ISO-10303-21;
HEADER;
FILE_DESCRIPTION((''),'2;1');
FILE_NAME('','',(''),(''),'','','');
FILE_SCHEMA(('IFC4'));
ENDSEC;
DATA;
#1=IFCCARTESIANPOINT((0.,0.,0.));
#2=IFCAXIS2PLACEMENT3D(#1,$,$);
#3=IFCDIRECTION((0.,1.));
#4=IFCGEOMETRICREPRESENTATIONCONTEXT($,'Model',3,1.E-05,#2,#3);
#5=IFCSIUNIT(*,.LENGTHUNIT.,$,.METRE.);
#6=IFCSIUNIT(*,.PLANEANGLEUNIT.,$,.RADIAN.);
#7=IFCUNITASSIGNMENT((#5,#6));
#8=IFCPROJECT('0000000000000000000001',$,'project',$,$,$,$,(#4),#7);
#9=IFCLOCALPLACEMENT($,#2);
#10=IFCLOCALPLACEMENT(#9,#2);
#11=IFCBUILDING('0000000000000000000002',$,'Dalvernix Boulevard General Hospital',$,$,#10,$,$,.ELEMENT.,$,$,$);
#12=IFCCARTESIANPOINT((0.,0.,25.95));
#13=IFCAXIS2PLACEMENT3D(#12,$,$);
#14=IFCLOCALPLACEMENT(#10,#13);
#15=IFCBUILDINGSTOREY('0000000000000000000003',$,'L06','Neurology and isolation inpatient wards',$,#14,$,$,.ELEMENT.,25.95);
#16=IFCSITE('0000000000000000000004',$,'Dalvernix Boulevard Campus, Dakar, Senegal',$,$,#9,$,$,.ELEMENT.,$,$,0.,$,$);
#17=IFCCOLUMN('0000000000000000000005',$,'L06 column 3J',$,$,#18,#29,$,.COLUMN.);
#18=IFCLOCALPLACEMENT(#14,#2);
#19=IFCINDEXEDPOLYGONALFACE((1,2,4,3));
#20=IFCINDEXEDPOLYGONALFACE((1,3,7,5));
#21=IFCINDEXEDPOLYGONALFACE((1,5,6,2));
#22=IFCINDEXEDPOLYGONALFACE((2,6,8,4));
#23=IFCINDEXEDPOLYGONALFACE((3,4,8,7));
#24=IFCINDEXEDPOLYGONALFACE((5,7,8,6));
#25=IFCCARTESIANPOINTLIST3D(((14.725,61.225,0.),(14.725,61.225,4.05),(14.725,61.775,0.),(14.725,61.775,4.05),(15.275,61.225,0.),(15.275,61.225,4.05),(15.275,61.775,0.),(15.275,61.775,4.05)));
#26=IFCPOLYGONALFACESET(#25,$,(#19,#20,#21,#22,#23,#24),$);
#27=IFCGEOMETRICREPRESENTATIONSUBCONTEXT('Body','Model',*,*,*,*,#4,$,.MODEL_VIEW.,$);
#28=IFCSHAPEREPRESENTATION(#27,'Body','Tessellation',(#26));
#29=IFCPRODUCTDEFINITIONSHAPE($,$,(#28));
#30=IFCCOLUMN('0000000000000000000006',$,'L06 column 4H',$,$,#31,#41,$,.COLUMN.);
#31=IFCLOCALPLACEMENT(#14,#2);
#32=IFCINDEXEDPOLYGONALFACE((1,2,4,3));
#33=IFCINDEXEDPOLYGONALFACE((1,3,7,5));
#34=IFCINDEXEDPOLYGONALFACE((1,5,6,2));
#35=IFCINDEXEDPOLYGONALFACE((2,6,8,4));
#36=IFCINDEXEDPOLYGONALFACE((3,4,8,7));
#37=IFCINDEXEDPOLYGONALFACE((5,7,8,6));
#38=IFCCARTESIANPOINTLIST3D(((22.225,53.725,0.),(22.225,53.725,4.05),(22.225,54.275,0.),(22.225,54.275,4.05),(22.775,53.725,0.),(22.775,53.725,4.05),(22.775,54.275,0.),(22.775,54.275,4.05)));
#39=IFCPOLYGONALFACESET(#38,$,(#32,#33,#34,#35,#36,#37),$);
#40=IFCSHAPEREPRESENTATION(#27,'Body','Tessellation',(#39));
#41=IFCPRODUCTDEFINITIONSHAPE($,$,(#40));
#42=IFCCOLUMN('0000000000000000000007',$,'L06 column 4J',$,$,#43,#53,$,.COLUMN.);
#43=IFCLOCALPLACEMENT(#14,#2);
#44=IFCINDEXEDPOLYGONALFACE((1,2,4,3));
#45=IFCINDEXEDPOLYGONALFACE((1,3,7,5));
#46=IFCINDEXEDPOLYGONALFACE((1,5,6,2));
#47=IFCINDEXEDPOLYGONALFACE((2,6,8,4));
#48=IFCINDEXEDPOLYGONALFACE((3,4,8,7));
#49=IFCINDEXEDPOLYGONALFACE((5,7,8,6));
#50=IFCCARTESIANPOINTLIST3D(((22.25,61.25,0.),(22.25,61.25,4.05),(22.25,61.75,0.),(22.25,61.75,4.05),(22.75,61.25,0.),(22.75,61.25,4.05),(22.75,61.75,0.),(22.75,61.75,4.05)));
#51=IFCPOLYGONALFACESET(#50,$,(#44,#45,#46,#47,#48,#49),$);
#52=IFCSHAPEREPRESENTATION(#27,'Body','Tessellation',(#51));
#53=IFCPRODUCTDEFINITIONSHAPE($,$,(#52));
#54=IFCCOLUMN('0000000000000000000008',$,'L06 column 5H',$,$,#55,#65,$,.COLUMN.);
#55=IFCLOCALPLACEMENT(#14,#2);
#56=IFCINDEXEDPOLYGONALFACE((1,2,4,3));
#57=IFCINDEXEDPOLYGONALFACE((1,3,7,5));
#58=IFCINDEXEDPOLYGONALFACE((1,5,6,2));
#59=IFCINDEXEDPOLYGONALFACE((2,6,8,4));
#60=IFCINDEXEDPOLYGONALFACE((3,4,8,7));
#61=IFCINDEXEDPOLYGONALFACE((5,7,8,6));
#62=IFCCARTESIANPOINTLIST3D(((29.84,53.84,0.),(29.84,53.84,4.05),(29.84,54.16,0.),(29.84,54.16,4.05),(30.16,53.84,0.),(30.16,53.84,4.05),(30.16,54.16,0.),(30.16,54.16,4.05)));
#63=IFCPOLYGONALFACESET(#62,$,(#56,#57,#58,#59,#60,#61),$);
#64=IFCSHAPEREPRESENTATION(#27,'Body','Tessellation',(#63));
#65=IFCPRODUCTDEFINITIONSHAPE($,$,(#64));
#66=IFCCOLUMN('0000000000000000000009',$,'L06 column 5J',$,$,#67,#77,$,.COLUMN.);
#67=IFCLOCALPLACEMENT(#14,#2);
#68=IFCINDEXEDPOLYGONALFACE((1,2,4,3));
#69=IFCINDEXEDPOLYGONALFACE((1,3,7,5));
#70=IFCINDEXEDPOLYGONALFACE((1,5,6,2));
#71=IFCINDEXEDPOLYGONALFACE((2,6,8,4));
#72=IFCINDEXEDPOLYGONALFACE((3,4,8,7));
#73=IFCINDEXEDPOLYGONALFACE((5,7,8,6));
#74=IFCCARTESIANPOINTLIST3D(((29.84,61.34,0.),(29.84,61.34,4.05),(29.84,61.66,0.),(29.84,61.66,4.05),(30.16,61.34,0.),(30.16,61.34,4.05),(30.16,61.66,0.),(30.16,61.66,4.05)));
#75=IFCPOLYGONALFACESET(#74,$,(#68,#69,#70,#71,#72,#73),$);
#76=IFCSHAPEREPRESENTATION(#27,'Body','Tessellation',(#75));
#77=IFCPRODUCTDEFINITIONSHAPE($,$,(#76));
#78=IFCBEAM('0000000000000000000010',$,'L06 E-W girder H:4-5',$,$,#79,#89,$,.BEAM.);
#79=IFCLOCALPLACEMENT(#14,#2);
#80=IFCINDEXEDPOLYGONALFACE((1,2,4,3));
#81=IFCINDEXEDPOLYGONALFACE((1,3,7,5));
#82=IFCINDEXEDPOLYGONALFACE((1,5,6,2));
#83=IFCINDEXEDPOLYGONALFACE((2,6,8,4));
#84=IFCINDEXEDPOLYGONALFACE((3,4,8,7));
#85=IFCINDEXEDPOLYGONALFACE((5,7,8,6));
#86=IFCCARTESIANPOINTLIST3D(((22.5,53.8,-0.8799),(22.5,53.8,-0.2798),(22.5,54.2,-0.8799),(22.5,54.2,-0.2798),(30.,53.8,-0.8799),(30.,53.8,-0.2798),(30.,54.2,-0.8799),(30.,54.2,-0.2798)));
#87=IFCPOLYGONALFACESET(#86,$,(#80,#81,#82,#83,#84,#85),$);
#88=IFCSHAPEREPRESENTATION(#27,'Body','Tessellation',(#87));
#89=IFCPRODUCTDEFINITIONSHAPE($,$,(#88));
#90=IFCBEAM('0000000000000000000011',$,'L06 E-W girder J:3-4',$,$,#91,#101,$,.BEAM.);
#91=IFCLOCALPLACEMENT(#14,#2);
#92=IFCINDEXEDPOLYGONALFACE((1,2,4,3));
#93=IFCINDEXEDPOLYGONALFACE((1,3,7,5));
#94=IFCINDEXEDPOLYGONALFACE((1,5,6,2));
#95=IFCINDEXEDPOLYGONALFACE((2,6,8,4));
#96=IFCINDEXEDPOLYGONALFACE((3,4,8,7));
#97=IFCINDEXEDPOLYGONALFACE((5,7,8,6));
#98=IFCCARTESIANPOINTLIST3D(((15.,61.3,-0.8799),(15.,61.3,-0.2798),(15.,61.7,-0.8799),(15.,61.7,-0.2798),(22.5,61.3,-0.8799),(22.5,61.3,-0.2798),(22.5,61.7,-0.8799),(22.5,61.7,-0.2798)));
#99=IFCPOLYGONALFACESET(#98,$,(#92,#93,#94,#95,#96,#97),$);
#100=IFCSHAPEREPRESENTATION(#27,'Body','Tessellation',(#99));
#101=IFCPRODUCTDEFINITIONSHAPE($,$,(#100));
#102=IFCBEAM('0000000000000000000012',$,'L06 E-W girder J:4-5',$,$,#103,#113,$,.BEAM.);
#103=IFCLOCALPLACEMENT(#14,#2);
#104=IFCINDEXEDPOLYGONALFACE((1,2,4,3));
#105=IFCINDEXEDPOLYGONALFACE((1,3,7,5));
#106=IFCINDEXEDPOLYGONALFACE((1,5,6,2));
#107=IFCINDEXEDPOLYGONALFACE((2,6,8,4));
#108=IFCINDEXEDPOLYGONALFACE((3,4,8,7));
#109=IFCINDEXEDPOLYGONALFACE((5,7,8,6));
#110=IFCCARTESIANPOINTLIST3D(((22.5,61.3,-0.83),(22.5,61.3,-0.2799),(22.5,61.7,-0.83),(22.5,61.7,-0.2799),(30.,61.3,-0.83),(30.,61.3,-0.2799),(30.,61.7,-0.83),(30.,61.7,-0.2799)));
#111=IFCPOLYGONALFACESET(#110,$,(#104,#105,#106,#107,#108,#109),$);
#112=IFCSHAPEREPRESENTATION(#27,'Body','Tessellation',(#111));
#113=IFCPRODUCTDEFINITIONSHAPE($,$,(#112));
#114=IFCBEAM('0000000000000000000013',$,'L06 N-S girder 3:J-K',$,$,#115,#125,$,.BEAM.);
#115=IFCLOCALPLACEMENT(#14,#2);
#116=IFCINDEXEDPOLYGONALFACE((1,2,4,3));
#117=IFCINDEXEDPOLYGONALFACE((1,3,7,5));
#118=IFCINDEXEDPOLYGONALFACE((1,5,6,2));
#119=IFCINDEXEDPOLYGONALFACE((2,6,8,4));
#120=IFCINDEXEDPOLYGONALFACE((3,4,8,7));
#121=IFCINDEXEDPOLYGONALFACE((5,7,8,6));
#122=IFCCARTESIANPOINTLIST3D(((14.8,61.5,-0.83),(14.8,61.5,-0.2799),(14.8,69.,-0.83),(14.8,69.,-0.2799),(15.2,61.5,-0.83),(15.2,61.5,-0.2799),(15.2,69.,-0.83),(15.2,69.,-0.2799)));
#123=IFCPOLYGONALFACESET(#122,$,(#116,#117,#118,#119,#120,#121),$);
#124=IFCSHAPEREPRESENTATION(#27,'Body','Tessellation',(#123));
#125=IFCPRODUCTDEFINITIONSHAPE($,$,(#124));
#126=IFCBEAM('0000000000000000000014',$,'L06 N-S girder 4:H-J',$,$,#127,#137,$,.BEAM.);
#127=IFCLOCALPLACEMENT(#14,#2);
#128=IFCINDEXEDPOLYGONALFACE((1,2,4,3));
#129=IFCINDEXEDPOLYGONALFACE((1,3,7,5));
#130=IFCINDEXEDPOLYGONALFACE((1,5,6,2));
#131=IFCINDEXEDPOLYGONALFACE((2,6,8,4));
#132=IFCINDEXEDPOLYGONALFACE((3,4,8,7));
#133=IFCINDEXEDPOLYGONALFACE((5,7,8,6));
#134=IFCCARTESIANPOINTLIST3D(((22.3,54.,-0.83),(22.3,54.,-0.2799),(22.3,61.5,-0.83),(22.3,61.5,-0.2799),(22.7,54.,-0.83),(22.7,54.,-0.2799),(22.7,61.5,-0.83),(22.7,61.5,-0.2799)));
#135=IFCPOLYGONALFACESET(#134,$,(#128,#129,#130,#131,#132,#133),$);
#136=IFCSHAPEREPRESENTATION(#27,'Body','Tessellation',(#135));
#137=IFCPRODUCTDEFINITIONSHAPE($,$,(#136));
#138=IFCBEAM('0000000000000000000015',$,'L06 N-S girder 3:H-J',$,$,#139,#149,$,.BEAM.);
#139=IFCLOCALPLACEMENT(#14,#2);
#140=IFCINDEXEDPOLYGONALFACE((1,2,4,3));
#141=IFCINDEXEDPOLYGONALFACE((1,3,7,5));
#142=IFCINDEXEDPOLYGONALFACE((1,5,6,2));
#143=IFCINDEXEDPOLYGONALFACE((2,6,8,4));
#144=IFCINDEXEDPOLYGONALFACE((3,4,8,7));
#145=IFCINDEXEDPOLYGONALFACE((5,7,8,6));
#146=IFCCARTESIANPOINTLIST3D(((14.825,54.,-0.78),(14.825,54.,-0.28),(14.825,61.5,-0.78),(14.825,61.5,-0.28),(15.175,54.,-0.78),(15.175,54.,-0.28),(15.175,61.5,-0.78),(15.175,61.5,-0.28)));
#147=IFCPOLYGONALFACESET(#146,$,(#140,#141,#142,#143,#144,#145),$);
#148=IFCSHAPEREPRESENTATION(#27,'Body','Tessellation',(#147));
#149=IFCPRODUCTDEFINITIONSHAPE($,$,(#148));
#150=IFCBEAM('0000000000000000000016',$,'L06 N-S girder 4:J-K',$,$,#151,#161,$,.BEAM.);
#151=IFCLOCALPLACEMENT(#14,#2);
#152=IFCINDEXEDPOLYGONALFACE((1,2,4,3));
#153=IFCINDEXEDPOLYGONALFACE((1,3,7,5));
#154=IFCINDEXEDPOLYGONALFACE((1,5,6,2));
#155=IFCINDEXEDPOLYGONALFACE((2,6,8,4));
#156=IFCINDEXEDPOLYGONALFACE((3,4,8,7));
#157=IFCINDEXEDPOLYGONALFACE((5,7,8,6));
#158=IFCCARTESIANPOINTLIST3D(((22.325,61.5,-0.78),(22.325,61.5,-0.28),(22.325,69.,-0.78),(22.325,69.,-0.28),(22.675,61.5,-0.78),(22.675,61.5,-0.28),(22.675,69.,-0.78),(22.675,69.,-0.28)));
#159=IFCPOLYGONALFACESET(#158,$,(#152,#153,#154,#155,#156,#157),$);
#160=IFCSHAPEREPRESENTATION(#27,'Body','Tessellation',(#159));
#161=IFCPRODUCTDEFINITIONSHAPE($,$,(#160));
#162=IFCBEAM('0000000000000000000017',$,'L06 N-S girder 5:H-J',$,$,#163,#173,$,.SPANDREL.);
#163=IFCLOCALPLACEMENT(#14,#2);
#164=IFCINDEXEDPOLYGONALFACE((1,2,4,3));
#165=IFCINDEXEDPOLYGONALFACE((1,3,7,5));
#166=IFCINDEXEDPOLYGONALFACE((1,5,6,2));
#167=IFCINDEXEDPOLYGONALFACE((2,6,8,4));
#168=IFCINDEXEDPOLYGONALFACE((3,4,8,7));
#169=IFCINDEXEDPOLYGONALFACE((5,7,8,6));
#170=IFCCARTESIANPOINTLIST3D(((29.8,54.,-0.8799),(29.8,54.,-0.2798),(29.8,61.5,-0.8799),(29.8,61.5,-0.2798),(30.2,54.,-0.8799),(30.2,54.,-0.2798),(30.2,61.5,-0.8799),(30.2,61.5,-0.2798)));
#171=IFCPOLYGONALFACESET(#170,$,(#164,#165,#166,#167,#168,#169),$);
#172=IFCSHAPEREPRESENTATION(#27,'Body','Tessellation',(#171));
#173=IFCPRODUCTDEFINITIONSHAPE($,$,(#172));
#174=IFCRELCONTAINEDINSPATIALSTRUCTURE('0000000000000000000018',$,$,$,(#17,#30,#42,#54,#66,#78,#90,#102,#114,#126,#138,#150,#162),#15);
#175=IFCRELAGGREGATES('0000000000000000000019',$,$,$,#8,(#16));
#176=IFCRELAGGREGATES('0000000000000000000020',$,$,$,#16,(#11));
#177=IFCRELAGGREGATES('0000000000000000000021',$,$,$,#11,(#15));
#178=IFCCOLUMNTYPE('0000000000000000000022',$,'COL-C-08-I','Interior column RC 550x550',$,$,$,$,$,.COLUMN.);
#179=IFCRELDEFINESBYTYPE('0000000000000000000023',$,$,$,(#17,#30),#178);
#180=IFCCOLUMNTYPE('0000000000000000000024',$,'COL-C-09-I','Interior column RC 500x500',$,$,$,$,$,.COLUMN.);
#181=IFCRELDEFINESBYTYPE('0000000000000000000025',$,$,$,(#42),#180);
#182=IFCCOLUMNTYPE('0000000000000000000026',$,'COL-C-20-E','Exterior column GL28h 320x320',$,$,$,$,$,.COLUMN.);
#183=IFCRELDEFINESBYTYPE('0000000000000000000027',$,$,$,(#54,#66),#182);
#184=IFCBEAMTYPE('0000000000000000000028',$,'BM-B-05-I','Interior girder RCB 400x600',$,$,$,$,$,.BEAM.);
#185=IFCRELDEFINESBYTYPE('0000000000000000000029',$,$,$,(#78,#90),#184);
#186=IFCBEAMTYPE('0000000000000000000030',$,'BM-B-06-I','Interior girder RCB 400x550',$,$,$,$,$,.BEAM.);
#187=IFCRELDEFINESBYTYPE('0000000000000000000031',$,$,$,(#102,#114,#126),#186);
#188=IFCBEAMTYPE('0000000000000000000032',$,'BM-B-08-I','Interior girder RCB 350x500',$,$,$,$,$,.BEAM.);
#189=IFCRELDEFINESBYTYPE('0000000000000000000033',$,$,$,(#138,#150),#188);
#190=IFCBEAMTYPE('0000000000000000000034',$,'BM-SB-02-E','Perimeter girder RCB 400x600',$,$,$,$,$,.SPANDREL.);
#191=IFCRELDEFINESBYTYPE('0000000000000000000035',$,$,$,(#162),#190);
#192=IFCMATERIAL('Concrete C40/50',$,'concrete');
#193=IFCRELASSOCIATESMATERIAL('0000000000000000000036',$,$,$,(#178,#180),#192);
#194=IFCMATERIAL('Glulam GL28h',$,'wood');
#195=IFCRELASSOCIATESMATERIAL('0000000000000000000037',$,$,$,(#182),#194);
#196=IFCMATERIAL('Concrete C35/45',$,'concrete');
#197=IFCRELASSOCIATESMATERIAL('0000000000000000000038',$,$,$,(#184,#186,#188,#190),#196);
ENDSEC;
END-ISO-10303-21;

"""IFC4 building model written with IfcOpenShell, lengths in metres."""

from ifc_helpers import new_model, si_unit, direction, frame, origin, origin_2d, place, context, subcontext, project, spatial, rectangle, extrude, material, material_profile, profile_set, type_object, element, save


model = new_model("IFC4")

# Units and contexts
model_context = context("Model", 3, precision=1e-05, world=origin(), true_north=direction((0.0, 1.0)))
body_context = subcontext(model_context, "Body", "Model", "MODEL_VIEW")
ifc_project = project(units=[si_unit("LENGTHUNIT", "METRE"), si_unit("PLANEANGLEUNIT", "RADIAN")], contexts=[model_context])

# Site, building, storey
site_placement = place(None, origin())
site = spatial("IfcSite", under=ifc_project, at=site_placement, Name="Dalvernix Boulevard Campus, Dakar, Senegal", CompositionType="ELEMENT", RefElevation=0.0)
building_placement = place(site_placement, origin())
building = spatial("IfcBuilding", under=site, at=building_placement, Name="Dalvernix Boulevard General Hospital", CompositionType="ELEMENT")
storey_placement = place(building_placement, frame((0.0, 0.0, 25.95)))
storey = spatial("IfcBuildingStorey", under=building, at=storey_placement, Name="L06", Description="Neurology and isolation inpatient wards", CompositionType="ELEMENT", Elevation=25.95)

# Columns
ifc_material_1 = material(Name="Concrete C40/50", Category="concrete")
ifc_material_profile_1 = material_profile(ifc_material_1, rectangle(XDim=0.55, YDim=0.55, at=origin_2d()), Name="RC 550x550")
ifc_profile_set_1 = profile_set([ifc_material_profile_1], Name="Concrete C40/50")
column_type_1 = type_object("IfcColumnType", Name="COL-C-08-I", Description="Interior column RC 550x550", PredefinedType="COLUMN", material=ifc_profile_set_1)
for number, where, z_axis, x_axis, name in (
    (1, (15.0, 61.5, 0.0), (0.0, 0.0, 1.0), (1.0, 0.0, 0.0), "L06 column 3J"),
    (2, (22.5, 54.0, 0.0), (0.0, 0.0, 1.0), (1.0, 0.0, 0.0), "L06 column 4H"),
):
    element("IfcColumn", number, at=place(storey_placement, frame(where, z_axis=z_axis, x_axis=x_axis)), inside=storey, type_object=column_type_1, Name=name, PredefinedType="COLUMN", context=body_context, shape_type="SweptSolid", body=[
        extrude(rectangle(XDim=0.55, YDim=0.55, at=origin_2d()), origin(), (0.0, 0.0, 1.0), 4.05),
    ])
ifc_material_profile_2 = material_profile(ifc_material_1, rectangle(XDim=0.5, YDim=0.5, at=origin_2d()), Name="RC 500x500")
ifc_profile_set_2 = profile_set([ifc_material_profile_2], Name="Concrete C40/50")
column_type_2 = type_object("IfcColumnType", Name="COL-C-09-I", Description="Interior column RC 500x500", PredefinedType="COLUMN", material=ifc_profile_set_2)
column_placement = place(storey_placement, frame((22.5, 61.5, 0.0), z_axis=(0.0, 0.0, 1.0), x_axis=(1.0, 0.0, 0.0)))
element("IfcColumn", 3, at=column_placement, inside=storey, type_object=column_type_2, Name="L06 column 4J", PredefinedType="COLUMN", context=body_context, shape_type="SweptSolid", body=[
    extrude(rectangle(XDim=0.5, YDim=0.5, at=origin_2d()), origin(), (0.0, 0.0, 1.0), 4.05),
])
ifc_material_2 = material(Name="Glulam GL28h", Category="wood")
ifc_material_profile_3 = material_profile(ifc_material_2, rectangle(XDim=0.3201, YDim=0.3201, at=origin_2d()), Name="GL28h 320x320")
ifc_profile_set_3 = profile_set([ifc_material_profile_3], Name="Glulam GL28h")
column_type_3 = type_object("IfcColumnType", Name="COL-C-20-E", Description="Exterior column GL28h 320x320", PredefinedType="COLUMN", material=ifc_profile_set_3)
for number, where, z_axis, x_axis, name in (
    (4, (30.0, 54.0, 0.0), (0.0, 0.0, 1.0), (1.0, 0.0, 0.0), "L06 column 5H"),
    (5, (30.0, 61.5, 0.0), (0.0, 0.0, 1.0), (1.0, 0.0, 0.0), "L06 column 5J"),
):
    element("IfcColumn", number, at=place(storey_placement, frame(where, z_axis=z_axis, x_axis=x_axis)), inside=storey, type_object=column_type_3, Name=name, PredefinedType="COLUMN", context=body_context, shape_type="SweptSolid", body=[
        extrude(rectangle(XDim=0.3201, YDim=0.3201, at=origin_2d()), origin(), (0.0, 0.0, 1.0), 4.05),
    ])

# Beams
ifc_material_3 = material(Name="Concrete C35/45", Category="concrete")
ifc_material_profile_4 = material_profile(ifc_material_3, rectangle(XDim=0.3999, YDim=0.6001, at=origin_2d()), Name="RCB 400x600")
ifc_profile_set_4 = profile_set([ifc_material_profile_4], Name="Concrete C35/45")
beam_type_1 = type_object("IfcBeamType", Name="BM-B-05-I", Description="Interior girder RCB 400x600", PredefinedType="BEAM", material=ifc_profile_set_4)
for number, where, z_axis, x_axis, name in (
    (6, (22.5, 54.0, -0.5798), (1.0, 0.0, 0.0), (0.0, 1.0, 0.0), "L06 E-W girder H:4-5"),
    (7, (15.0, 61.5, -0.5798), (1.0, 0.0, 0.0), (0.0, 1.0, 0.0), "L06 E-W girder J:3-4"),
):
    element("IfcBeam", number, at=place(storey_placement, frame(where, z_axis=z_axis, x_axis=x_axis)), inside=storey, type_object=beam_type_1, Name=name, PredefinedType="BEAM", context=body_context, shape_type="SweptSolid", body=[
        extrude(rectangle(XDim=0.3999, YDim=0.6001, at=origin_2d()), origin(), (0.0, 0.0, 1.0), 7.5),
    ])
ifc_material_profile_5 = material_profile(ifc_material_3, rectangle(XDim=0.3999, YDim=0.55, at=origin_2d()), Name="RCB 400x550")
ifc_profile_set_5 = profile_set([ifc_material_profile_5], Name="Concrete C35/45")
beam_type_2 = type_object("IfcBeamType", Name="BM-B-06-I", Description="Interior girder RCB 400x550", PredefinedType="BEAM", material=ifc_profile_set_5)
for number, where, z_axis, x_axis, name in (
    (8, (22.5, 61.5, -0.5549), (1.0, 0.0, 0.0), (0.0, 1.0, 0.0), "L06 E-W girder J:4-5"),
    (9, (15.0, 61.5, -0.5549), (0.0, 1.0, 0.0), (-1.0, 0.0, 0.0), "L06 N-S girder 3:J-K"),
    (10, (22.5, 54.0, -0.5549), (0.0, 1.0, 0.0), (-1.0, 0.0, 0.0), "L06 N-S girder 4:H-J"),
):
    element("IfcBeam", number, at=place(storey_placement, frame(where, z_axis=z_axis, x_axis=x_axis)), inside=storey, type_object=beam_type_2, Name=name, PredefinedType="BEAM", context=body_context, shape_type="SweptSolid", body=[
        extrude(rectangle(XDim=0.3999, YDim=0.55, at=origin_2d()), origin(), (0.0, 0.0, 1.0), 7.5),
    ])
ifc_material_profile_6 = material_profile(ifc_material_3, rectangle(XDim=0.3501, YDim=0.5, at=origin_2d()), Name="RCB 350x500")
ifc_profile_set_6 = profile_set([ifc_material_profile_6], Name="Concrete C35/45")
beam_type_3 = type_object("IfcBeamType", Name="BM-B-08-I", Description="Interior girder RCB 350x500", PredefinedType="BEAM", material=ifc_profile_set_6)
for number, where, z_axis, x_axis, name in (
    (11, (15.0, 54.0, -0.53), (0.0, 1.0, 0.0), (-1.0, 0.0, 0.0), "L06 N-S girder 3:H-J"),
    (12, (22.5, 61.5, -0.53), (0.0, 1.0, 0.0), (-1.0, 0.0, 0.0), "L06 N-S girder 4:J-K"),
):
    element("IfcBeam", number, at=place(storey_placement, frame(where, z_axis=z_axis, x_axis=x_axis)), inside=storey, type_object=beam_type_3, Name=name, PredefinedType="BEAM", context=body_context, shape_type="SweptSolid", body=[
        extrude(rectangle(XDim=0.3501, YDim=0.5, at=origin_2d()), origin(), (0.0, 0.0, 1.0), 7.5),
    ])
ifc_material_profile_7 = material_profile(ifc_material_3, rectangle(XDim=0.3999, YDim=0.6001, at=origin_2d()), Name="RCB 400x600")
ifc_profile_set_7 = profile_set([ifc_material_profile_7], Name="Concrete C35/45")
beam_type_4 = type_object("IfcBeamType", Name="BM-SB-02-E", Description="Perimeter girder RCB 400x600", PredefinedType="SPANDREL", material=ifc_profile_set_7)
beam_placement = place(storey_placement, frame((30.0, 54.0, -0.5798), z_axis=(0.0, 1.0, 0.0), x_axis=(-1.0, 0.0, 0.0)))
element("IfcBeam", 13, at=beam_placement, inside=storey, type_object=beam_type_4, Name="L06 N-S girder 5:H-J", PredefinedType="SPANDREL", context=body_context, shape_type="SweptSolid", body=[
    extrude(rectangle(XDim=0.3999, YDim=0.6001, at=origin_2d()), origin(), (0.0, 0.0, 1.0), 7.5),
])

save(model, "model.ifc")
